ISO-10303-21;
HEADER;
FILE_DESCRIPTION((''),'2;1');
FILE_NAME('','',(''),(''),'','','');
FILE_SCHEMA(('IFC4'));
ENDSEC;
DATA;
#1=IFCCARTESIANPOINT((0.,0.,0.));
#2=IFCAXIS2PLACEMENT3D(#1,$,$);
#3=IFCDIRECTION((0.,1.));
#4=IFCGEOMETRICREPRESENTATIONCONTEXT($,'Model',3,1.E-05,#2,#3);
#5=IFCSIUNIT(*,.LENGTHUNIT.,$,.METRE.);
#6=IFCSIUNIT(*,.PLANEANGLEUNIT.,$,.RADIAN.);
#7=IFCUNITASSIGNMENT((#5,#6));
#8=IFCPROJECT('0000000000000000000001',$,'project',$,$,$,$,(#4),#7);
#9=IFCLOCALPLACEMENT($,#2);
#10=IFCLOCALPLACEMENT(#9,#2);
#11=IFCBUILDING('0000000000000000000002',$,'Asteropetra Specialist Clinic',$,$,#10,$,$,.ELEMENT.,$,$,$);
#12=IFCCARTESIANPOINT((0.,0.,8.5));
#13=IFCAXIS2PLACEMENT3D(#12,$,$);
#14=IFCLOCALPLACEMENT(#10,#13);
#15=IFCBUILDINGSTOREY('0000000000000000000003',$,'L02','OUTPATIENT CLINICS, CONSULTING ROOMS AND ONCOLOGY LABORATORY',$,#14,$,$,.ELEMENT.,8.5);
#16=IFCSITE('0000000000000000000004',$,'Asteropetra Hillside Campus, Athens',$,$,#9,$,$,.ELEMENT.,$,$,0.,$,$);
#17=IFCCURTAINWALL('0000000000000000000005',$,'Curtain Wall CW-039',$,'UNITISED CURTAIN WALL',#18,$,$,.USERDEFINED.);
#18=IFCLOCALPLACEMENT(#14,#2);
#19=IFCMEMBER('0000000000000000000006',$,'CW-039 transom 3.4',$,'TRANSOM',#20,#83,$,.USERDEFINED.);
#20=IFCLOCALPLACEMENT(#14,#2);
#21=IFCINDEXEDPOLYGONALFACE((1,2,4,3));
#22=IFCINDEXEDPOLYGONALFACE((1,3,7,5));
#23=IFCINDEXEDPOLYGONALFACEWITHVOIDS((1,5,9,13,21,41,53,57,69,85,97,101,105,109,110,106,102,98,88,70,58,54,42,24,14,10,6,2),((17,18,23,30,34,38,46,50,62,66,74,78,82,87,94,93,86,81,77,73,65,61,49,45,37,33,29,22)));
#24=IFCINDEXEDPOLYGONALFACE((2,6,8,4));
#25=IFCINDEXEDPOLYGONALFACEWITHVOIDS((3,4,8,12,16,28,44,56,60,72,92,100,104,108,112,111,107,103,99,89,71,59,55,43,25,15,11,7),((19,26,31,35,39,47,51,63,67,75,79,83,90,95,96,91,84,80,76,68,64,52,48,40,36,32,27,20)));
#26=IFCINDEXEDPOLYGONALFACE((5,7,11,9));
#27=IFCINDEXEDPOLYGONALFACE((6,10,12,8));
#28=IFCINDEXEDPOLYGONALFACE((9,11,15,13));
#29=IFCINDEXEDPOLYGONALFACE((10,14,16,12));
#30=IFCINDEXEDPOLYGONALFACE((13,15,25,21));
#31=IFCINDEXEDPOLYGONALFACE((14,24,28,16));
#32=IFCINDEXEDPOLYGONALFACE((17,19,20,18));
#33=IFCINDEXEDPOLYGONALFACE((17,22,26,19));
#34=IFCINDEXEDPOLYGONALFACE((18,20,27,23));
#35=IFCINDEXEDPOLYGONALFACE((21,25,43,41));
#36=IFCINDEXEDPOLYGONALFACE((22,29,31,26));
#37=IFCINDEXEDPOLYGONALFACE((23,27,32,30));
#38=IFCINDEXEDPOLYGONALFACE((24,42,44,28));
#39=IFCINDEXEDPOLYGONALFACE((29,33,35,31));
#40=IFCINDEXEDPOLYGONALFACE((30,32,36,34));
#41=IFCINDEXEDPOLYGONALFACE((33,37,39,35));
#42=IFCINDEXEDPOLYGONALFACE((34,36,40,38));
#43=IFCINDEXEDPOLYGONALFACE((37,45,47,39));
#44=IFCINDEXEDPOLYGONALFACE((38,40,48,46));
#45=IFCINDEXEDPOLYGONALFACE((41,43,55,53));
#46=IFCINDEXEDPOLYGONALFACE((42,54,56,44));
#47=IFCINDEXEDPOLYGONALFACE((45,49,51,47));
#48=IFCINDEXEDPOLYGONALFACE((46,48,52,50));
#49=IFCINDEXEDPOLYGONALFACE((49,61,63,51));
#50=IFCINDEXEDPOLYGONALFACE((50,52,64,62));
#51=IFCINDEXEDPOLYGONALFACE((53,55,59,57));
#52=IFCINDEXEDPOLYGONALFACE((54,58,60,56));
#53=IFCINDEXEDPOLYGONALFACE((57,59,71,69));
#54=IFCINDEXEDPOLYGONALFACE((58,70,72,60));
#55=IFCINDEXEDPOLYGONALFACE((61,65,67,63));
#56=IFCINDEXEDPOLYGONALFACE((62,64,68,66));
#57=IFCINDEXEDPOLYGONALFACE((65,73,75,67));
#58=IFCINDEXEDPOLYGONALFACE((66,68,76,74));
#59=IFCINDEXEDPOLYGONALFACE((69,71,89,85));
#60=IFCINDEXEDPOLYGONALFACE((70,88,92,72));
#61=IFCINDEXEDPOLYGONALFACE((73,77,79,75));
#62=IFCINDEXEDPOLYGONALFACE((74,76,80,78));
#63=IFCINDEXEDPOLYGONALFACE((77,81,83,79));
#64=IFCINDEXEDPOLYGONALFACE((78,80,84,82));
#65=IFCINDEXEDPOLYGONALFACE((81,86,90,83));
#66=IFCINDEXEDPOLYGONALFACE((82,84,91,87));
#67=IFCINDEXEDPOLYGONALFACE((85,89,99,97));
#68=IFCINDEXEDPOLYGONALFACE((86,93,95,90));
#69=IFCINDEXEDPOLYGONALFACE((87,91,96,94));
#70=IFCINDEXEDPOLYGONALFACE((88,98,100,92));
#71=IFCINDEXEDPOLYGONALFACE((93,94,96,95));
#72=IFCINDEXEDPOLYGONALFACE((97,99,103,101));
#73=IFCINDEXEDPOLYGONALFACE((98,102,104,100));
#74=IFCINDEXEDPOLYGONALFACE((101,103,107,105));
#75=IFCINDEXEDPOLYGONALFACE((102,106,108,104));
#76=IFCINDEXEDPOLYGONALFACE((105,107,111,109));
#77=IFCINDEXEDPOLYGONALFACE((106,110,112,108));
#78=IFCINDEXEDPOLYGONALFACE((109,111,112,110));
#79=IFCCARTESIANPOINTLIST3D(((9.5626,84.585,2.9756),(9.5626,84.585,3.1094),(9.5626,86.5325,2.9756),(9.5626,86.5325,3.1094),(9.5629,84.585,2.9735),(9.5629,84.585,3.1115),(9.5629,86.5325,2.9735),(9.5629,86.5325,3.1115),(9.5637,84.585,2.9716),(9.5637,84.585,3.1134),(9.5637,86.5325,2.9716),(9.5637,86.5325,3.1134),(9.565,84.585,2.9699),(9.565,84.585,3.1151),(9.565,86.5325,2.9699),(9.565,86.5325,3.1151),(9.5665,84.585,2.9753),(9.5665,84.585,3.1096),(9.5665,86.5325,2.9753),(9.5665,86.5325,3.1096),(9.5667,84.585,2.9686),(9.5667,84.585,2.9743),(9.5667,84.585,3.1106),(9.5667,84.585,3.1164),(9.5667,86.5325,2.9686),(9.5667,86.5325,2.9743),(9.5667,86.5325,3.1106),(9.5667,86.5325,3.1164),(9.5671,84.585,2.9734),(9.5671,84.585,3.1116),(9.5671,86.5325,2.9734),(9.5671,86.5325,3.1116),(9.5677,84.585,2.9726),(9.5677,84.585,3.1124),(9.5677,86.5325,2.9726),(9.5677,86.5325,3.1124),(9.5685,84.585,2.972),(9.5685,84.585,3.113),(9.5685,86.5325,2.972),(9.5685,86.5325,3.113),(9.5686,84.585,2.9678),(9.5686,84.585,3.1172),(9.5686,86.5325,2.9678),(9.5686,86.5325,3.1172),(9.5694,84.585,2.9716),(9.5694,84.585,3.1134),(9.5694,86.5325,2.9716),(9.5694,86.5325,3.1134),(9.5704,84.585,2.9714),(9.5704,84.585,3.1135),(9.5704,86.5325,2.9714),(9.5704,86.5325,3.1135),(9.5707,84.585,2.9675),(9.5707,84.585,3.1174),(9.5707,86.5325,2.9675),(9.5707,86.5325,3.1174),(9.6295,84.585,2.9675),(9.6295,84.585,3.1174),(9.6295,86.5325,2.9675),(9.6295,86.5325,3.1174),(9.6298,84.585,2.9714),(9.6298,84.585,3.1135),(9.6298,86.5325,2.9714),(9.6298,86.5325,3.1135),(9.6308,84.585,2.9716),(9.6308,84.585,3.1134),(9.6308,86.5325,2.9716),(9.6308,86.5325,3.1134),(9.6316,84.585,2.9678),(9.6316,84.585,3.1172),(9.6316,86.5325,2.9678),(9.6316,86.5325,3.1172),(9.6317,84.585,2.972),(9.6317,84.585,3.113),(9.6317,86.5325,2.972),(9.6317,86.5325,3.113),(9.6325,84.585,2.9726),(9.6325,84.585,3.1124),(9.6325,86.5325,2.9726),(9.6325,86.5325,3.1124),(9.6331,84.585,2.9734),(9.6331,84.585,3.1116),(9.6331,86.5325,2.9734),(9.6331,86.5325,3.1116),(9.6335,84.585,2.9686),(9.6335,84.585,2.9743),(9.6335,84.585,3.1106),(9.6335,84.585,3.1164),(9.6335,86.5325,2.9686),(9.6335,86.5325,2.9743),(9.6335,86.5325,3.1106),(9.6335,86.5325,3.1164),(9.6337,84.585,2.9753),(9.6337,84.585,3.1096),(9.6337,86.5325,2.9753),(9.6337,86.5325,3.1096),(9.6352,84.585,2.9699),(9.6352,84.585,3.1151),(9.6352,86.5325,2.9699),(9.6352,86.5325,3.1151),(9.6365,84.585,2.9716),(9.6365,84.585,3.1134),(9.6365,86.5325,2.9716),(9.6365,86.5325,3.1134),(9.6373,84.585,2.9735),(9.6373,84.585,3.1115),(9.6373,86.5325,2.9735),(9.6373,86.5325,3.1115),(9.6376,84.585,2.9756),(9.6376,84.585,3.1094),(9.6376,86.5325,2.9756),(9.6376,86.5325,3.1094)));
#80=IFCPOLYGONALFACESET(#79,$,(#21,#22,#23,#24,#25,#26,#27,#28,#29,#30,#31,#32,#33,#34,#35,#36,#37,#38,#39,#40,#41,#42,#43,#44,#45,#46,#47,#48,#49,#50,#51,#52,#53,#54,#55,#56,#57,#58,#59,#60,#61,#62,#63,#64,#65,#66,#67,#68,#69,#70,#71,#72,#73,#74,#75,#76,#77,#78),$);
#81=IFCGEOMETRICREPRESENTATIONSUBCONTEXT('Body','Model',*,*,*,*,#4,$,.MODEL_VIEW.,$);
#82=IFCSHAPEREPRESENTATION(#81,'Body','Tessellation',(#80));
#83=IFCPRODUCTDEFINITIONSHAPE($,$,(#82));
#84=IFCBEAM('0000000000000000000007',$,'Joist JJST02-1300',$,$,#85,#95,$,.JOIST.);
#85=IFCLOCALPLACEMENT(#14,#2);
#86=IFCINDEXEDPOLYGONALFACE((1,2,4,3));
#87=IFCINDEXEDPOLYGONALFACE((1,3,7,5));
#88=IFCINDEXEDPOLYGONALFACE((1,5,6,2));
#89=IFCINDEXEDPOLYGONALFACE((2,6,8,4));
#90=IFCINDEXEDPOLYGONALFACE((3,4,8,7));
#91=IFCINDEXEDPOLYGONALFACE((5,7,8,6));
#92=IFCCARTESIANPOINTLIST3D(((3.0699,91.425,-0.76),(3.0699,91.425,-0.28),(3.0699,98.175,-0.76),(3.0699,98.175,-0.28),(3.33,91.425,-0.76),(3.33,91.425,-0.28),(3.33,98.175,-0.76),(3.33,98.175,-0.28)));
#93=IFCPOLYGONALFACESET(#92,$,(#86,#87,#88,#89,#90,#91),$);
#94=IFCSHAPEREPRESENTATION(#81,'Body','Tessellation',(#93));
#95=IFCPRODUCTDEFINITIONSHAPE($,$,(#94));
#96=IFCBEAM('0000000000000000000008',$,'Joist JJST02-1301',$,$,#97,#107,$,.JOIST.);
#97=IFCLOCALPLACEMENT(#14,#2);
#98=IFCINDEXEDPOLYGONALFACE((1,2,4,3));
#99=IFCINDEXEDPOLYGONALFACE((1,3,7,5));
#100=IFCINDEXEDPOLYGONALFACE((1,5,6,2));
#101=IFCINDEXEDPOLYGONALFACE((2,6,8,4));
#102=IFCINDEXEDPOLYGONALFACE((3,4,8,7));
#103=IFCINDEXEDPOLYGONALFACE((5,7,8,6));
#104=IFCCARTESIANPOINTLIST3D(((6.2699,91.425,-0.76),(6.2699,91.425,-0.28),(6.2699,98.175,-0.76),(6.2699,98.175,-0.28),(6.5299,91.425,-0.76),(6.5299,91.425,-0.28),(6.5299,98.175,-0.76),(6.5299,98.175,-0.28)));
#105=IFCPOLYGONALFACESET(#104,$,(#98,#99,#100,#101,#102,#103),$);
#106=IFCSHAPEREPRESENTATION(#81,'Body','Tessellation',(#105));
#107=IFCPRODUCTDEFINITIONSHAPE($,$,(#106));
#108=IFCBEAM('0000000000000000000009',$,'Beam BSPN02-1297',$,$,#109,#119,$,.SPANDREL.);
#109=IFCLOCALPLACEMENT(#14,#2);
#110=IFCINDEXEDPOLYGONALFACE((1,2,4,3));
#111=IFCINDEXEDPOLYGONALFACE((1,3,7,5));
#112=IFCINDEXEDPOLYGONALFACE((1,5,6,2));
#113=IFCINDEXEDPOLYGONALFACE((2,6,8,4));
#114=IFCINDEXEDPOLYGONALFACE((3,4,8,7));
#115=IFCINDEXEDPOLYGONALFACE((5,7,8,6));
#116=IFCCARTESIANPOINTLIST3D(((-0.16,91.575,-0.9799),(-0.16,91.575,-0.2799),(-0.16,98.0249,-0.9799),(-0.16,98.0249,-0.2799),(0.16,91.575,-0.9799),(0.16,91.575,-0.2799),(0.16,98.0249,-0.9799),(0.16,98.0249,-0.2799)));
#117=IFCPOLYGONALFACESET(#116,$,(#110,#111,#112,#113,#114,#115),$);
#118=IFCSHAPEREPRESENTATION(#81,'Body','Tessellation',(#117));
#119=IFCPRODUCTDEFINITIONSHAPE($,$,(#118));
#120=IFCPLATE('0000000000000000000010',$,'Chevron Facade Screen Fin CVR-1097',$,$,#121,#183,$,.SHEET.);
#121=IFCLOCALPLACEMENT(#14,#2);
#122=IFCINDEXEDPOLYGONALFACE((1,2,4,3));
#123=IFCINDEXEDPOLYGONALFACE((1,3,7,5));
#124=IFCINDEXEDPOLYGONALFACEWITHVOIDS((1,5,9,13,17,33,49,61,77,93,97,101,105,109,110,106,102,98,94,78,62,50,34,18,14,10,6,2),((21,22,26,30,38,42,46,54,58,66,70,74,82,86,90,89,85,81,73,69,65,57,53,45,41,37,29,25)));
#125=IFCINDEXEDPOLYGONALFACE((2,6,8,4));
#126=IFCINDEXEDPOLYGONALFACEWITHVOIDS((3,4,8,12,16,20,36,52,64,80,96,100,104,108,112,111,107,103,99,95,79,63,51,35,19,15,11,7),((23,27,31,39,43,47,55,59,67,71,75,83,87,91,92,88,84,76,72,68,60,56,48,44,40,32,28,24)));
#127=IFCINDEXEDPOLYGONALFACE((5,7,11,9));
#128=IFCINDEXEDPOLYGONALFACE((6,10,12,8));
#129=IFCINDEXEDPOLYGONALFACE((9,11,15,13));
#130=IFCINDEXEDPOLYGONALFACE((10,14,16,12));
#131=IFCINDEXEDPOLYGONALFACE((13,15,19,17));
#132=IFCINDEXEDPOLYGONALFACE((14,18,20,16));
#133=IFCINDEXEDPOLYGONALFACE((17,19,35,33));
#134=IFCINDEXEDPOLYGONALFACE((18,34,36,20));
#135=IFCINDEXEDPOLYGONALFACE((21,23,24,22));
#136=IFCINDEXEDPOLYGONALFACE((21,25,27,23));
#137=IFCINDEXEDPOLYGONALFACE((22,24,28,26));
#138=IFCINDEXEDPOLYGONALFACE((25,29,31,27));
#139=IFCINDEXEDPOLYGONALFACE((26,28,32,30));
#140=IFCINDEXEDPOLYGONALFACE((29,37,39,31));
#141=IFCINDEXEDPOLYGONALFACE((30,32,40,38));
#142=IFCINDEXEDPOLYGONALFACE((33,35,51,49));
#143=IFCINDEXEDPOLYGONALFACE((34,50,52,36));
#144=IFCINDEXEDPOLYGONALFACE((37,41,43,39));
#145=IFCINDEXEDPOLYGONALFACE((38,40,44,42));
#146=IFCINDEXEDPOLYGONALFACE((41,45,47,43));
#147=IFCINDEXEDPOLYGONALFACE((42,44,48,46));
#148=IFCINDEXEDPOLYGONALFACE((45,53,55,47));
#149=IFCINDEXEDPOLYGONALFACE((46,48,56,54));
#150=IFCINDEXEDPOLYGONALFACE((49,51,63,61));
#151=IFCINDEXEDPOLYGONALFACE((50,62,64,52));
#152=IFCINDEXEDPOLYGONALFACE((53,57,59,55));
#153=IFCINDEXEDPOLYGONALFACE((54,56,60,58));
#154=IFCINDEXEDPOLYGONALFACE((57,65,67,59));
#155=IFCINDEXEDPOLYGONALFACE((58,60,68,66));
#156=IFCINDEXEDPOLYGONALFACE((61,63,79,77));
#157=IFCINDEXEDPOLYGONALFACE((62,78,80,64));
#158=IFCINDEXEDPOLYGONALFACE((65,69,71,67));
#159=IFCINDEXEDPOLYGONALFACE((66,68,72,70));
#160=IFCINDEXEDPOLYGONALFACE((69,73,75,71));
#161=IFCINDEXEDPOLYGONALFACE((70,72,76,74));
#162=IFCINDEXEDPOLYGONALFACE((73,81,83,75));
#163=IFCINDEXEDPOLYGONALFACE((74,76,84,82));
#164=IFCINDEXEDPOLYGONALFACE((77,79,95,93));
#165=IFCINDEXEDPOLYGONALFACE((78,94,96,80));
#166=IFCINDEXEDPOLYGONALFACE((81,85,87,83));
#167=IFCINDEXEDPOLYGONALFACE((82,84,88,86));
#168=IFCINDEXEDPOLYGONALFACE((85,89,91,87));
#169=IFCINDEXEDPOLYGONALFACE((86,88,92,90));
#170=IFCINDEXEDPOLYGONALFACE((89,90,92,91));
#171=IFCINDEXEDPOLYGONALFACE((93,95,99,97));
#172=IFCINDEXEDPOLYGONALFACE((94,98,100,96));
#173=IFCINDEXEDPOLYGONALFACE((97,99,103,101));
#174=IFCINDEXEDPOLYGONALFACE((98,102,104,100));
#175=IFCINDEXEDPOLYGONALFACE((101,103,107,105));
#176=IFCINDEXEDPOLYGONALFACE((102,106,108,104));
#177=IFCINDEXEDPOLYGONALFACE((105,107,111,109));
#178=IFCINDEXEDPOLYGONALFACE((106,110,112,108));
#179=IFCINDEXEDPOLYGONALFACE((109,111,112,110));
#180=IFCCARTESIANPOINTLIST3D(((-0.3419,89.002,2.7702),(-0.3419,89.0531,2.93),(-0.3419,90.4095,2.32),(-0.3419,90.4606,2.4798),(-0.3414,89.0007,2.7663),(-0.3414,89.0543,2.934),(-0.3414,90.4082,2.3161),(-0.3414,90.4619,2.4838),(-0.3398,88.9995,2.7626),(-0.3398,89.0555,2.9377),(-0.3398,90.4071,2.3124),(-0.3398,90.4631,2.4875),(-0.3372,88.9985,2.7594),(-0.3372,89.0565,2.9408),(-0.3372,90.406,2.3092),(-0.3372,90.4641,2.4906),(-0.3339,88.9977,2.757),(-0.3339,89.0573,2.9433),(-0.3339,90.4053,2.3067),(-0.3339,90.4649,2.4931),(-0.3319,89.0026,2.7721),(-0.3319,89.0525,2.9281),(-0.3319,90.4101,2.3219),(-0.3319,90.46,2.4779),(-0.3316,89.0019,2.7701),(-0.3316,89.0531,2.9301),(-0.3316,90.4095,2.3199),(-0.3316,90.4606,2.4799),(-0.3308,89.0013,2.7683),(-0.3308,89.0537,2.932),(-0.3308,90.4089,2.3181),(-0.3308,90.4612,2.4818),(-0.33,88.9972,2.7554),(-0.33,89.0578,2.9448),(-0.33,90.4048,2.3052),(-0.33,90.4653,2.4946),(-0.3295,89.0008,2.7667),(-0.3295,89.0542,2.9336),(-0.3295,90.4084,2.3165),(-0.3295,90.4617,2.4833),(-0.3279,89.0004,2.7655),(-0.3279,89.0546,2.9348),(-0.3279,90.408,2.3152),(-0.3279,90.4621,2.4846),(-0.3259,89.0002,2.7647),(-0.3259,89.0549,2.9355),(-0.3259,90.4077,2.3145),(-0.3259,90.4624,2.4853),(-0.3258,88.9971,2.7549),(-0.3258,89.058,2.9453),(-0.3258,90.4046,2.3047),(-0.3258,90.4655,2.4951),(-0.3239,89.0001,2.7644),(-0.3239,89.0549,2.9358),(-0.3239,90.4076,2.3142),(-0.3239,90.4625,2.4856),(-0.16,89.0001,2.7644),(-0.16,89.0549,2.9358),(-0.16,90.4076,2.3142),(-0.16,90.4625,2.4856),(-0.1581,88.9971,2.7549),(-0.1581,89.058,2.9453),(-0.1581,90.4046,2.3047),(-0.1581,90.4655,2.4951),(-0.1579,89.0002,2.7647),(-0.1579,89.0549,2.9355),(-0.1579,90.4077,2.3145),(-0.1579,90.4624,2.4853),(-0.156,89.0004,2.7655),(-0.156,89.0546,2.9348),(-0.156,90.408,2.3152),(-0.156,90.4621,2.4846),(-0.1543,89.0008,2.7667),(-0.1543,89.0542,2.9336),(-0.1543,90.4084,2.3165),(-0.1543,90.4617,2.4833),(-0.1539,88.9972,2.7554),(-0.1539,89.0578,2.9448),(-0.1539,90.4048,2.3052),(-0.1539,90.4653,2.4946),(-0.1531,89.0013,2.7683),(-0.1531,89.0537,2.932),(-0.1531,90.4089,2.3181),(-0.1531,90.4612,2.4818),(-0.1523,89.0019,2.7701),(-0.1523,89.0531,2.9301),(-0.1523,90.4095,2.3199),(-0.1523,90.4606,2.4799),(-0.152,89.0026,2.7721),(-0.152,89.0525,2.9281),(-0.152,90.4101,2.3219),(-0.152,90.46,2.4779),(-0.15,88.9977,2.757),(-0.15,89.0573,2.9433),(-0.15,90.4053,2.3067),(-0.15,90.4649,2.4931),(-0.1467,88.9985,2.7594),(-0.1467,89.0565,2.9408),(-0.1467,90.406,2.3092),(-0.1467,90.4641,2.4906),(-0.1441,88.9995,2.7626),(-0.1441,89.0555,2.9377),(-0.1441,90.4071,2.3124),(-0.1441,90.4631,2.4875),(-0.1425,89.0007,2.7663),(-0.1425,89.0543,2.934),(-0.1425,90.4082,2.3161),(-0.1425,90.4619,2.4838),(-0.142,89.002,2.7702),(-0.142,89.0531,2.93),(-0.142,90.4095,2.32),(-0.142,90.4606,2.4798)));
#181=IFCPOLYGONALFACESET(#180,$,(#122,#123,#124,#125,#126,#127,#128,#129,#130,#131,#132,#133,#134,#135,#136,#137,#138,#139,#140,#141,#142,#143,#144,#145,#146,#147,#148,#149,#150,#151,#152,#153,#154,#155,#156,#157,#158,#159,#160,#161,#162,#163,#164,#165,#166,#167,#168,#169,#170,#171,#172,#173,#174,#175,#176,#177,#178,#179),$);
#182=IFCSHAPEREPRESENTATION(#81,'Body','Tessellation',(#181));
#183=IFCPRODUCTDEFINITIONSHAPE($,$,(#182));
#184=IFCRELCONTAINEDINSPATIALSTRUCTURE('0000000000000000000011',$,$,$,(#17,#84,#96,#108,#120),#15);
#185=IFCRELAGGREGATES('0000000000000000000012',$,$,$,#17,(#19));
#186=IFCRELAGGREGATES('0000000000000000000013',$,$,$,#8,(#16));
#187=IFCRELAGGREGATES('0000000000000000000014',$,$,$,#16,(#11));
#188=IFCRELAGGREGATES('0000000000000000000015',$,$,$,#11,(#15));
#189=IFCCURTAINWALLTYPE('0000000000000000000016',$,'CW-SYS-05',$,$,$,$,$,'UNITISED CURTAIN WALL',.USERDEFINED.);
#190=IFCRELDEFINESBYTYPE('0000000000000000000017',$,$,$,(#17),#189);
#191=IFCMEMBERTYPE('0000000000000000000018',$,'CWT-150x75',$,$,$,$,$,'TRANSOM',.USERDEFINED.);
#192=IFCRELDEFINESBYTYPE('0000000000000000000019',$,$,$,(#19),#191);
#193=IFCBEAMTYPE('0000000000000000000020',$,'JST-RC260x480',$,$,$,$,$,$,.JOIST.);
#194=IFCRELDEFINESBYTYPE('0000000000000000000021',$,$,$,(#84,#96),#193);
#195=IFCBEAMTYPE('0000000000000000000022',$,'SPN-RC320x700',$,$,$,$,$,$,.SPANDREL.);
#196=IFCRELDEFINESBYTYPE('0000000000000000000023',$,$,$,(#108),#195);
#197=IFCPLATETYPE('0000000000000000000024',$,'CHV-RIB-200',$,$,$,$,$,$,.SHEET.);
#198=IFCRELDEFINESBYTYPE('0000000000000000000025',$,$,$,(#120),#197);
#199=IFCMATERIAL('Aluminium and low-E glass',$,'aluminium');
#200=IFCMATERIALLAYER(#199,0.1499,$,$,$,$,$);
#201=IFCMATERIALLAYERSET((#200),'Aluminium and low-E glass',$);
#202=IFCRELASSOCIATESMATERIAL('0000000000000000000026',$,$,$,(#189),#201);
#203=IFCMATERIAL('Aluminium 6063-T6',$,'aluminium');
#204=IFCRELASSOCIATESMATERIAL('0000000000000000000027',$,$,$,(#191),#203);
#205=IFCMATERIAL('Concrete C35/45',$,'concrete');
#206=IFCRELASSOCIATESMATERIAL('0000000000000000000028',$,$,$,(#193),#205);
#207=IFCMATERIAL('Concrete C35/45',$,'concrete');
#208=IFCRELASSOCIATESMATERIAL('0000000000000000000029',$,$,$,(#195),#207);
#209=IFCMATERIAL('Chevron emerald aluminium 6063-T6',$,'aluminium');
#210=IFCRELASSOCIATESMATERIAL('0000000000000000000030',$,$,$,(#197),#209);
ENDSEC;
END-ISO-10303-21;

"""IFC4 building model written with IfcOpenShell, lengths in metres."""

from ifc_helpers import new_model, si_unit, direction, frame, origin, origin_2d, place, context, subcontext, project, spatial, rectangle, hollow_rectangle, extrude, material, layer, layer_set, material_profile, profile_set, type_object, element, aggregate, save


model = new_model("IFC4")

# Units and contexts
model_context = context("Model", 3, precision=1e-05, world=origin(), true_north=direction((0.0, 1.0)))
body_context = subcontext(model_context, "Body", "Model", "MODEL_VIEW")
ifc_project = project(units=[si_unit("LENGTHUNIT", "METRE"), si_unit("PLANEANGLEUNIT", "RADIAN")], contexts=[model_context])

# Site, building, storey
site_placement = place(None, origin())
site = spatial("IfcSite", under=ifc_project, at=site_placement, Name="Asteropetra Hillside Campus, Athens", CompositionType="ELEMENT", RefElevation=0.0)
building_placement = place(site_placement, origin())
building = spatial("IfcBuilding", under=site, at=building_placement, Name="Asteropetra Specialist Clinic", CompositionType="ELEMENT")
storey_placement = place(building_placement, frame((0.0, 0.0, 8.5)))
storey = spatial("IfcBuildingStorey", under=building, at=storey_placement, Name="L02", Description="OUTPATIENT CLINICS, CONSULTING ROOMS AND ONCOLOGY LABORATORY", CompositionType="ELEMENT", Elevation=8.5)

# Curtain wall, member
ifc_material_1 = material(Name="Aluminium and low-E glass", Category="aluminium")
ifc_layer_1 = layer(ifc_material_1, 0.1499)
ifc_layer_set_1 = layer_set([ifc_layer_1], Name="Aluminium and low-E glass")
curtain_wall_type = type_object("IfcCurtainWallType", Name="CW-SYS-05", ElementType="UNITISED CURTAIN WALL", PredefinedType="USERDEFINED", material=ifc_layer_set_1)
curtain_wall_placement = place(storey_placement, origin())
curtain_wall = element("IfcCurtainWall", 1, at=curtain_wall_placement, inside=storey, type_object=curtain_wall_type, Name="Curtain Wall CW-039", ObjectType="UNITISED CURTAIN WALL", PredefinedType="USERDEFINED")
ifc_material_2 = material(Name="Aluminium 6063-T6", Category="aluminium")
ifc_material_profile_1 = material_profile(ifc_material_2, hollow_rectangle(XDim=0.075, YDim=0.1499, WallThickness=0.0039, InnerFilletRadius=0.0039, OuterFilletRadius=0.0081, at=origin_2d()), Name="TRN 150x75x4.0")
ifc_profile_set_1 = profile_set([ifc_material_profile_1], Name="Aluminium 6063-T6")
member_type_1 = type_object("IfcMemberType", Name="CWT-150x75", ElementType="TRANSOM", PredefinedType="USERDEFINED", material=ifc_profile_set_1)
member_1_placement = place(storey_placement, frame((9.6001, 86.5325, 3.0425), z_axis=(0.0, -1.0, 0.0), x_axis=(1.0, 0.0, 0.0)))
member_1 = element("IfcMember", 2, at=member_1_placement, type_object=member_type_1, Name="CW-039 transom 3.4", ObjectType="TRANSOM", PredefinedType="USERDEFINED", context=body_context, shape_type="SweptSolid", body=[
    extrude(hollow_rectangle(XDim=0.075, YDim=0.1499, WallThickness=0.0039, InnerFilletRadius=0.0039, OuterFilletRadius=0.0081, at=origin_2d()), origin(), (0.0, 0.0, 1.0), 1.9475),
])

# Beams
ifc_material_3 = material(Name="Concrete C35/45", Category="concrete")
ifc_material_profile_2 = material_profile(ifc_material_3, rectangle(XDim=0.26, YDim=0.48, at=origin_2d()), Name="RCJ 260x480")
ifc_profile_set_2 = profile_set([ifc_material_profile_2], Name="Concrete C35/45")
beam_type_1 = type_object("IfcBeamType", Name="JST-RC260x480", PredefinedType="JOIST", material=ifc_profile_set_2)
for number, where, z_axis, x_axis, name in (
    (3, (3.2, 91.425, -0.52), (0.0, 1.0, 0.0), (-1.0, 0.0, 0.0), "Joist JJST02-1300"),
    (4, (6.3999, 91.425, -0.52), (0.0, 1.0, 0.0), (-1.0, 0.0, 0.0), "Joist JJST02-1301"),
):
    element("IfcBeam", number, at=place(storey_placement, frame(where, z_axis=z_axis, x_axis=x_axis)), inside=storey, type_object=beam_type_1, Name=name, PredefinedType="JOIST", context=body_context, shape_type="SweptSolid", body=[
        extrude(rectangle(XDim=0.26, YDim=0.48, at=origin_2d()), origin(), (0.0, 0.0, 1.0), 6.75),
    ])
ifc_material_4 = material(Name="Concrete C35/45", Category="concrete")
ifc_material_profile_3 = material_profile(ifc_material_4, rectangle(XDim=0.3201, YDim=0.7, at=origin_2d()), Name="RCS 320x700")
ifc_profile_set_3 = profile_set([ifc_material_profile_3], Name="Concrete C35/45")
beam_type_2 = type_object("IfcBeamType", Name="SPN-RC320x700", PredefinedType="SPANDREL", material=ifc_profile_set_3)
beam_1_placement = place(storey_placement, frame((0.0, 91.575, -0.6299), z_axis=(0.0, 1.0, 0.0), x_axis=(-1.0, 0.0, 0.0)))
element("IfcBeam", 5, at=beam_1_placement, inside=storey, type_object=beam_type_2, Name="Beam BSPN02-1297", PredefinedType="SPANDREL", context=body_context, shape_type="SweptSolid", body=[
    extrude(rectangle(XDim=0.3201, YDim=0.7, at=origin_2d()), origin(), (0.0, 0.0, 1.0), 6.45),
])

# Plate
ifc_material_5 = material(Name="Chevron emerald aluminium 6063-T6", Category="aluminium")
ifc_material_profile_4 = material_profile(ifc_material_5, hollow_rectangle(XDim=0.2, YDim=0.2, WallThickness=0.01, InnerFilletRadius=0.0081, OuterFilletRadius=0.0161, at=origin_2d()), Name="SHS 200x200x10.0")
ifc_profile_set_4 = profile_set([ifc_material_profile_4], Name="Chevron emerald aluminium 6063-T6")
plate_type_1 = type_object("IfcPlateType", Name="CHV-RIB-200", PredefinedType="SHEET", material=ifc_profile_set_4)
plate_1_placement = place(storey_placement, frame((-0.2419, 90.4351, 2.3999), z_axis=(0.0, -0.952463, 0.304656), x_axis=(1.0, 0.0, 0.0)))
element("IfcPlate", 6, at=plate_1_placement, inside=storey, type_object=plate_type_1, Name="Chevron Facade Screen Fin CVR-1097", PredefinedType="SHEET", context=body_context, shape_type="SweptSolid", body=[
    extrude(hollow_rectangle(XDim=0.2, YDim=0.2, WallThickness=0.01, InnerFilletRadius=0.0081, OuterFilletRadius=0.0161, at=origin_2d()), origin(), (0.0, 0.0, 1.0), 1.4778),
])

aggregate(curtain_wall, [member_1])

save(model, "model.ifc")
